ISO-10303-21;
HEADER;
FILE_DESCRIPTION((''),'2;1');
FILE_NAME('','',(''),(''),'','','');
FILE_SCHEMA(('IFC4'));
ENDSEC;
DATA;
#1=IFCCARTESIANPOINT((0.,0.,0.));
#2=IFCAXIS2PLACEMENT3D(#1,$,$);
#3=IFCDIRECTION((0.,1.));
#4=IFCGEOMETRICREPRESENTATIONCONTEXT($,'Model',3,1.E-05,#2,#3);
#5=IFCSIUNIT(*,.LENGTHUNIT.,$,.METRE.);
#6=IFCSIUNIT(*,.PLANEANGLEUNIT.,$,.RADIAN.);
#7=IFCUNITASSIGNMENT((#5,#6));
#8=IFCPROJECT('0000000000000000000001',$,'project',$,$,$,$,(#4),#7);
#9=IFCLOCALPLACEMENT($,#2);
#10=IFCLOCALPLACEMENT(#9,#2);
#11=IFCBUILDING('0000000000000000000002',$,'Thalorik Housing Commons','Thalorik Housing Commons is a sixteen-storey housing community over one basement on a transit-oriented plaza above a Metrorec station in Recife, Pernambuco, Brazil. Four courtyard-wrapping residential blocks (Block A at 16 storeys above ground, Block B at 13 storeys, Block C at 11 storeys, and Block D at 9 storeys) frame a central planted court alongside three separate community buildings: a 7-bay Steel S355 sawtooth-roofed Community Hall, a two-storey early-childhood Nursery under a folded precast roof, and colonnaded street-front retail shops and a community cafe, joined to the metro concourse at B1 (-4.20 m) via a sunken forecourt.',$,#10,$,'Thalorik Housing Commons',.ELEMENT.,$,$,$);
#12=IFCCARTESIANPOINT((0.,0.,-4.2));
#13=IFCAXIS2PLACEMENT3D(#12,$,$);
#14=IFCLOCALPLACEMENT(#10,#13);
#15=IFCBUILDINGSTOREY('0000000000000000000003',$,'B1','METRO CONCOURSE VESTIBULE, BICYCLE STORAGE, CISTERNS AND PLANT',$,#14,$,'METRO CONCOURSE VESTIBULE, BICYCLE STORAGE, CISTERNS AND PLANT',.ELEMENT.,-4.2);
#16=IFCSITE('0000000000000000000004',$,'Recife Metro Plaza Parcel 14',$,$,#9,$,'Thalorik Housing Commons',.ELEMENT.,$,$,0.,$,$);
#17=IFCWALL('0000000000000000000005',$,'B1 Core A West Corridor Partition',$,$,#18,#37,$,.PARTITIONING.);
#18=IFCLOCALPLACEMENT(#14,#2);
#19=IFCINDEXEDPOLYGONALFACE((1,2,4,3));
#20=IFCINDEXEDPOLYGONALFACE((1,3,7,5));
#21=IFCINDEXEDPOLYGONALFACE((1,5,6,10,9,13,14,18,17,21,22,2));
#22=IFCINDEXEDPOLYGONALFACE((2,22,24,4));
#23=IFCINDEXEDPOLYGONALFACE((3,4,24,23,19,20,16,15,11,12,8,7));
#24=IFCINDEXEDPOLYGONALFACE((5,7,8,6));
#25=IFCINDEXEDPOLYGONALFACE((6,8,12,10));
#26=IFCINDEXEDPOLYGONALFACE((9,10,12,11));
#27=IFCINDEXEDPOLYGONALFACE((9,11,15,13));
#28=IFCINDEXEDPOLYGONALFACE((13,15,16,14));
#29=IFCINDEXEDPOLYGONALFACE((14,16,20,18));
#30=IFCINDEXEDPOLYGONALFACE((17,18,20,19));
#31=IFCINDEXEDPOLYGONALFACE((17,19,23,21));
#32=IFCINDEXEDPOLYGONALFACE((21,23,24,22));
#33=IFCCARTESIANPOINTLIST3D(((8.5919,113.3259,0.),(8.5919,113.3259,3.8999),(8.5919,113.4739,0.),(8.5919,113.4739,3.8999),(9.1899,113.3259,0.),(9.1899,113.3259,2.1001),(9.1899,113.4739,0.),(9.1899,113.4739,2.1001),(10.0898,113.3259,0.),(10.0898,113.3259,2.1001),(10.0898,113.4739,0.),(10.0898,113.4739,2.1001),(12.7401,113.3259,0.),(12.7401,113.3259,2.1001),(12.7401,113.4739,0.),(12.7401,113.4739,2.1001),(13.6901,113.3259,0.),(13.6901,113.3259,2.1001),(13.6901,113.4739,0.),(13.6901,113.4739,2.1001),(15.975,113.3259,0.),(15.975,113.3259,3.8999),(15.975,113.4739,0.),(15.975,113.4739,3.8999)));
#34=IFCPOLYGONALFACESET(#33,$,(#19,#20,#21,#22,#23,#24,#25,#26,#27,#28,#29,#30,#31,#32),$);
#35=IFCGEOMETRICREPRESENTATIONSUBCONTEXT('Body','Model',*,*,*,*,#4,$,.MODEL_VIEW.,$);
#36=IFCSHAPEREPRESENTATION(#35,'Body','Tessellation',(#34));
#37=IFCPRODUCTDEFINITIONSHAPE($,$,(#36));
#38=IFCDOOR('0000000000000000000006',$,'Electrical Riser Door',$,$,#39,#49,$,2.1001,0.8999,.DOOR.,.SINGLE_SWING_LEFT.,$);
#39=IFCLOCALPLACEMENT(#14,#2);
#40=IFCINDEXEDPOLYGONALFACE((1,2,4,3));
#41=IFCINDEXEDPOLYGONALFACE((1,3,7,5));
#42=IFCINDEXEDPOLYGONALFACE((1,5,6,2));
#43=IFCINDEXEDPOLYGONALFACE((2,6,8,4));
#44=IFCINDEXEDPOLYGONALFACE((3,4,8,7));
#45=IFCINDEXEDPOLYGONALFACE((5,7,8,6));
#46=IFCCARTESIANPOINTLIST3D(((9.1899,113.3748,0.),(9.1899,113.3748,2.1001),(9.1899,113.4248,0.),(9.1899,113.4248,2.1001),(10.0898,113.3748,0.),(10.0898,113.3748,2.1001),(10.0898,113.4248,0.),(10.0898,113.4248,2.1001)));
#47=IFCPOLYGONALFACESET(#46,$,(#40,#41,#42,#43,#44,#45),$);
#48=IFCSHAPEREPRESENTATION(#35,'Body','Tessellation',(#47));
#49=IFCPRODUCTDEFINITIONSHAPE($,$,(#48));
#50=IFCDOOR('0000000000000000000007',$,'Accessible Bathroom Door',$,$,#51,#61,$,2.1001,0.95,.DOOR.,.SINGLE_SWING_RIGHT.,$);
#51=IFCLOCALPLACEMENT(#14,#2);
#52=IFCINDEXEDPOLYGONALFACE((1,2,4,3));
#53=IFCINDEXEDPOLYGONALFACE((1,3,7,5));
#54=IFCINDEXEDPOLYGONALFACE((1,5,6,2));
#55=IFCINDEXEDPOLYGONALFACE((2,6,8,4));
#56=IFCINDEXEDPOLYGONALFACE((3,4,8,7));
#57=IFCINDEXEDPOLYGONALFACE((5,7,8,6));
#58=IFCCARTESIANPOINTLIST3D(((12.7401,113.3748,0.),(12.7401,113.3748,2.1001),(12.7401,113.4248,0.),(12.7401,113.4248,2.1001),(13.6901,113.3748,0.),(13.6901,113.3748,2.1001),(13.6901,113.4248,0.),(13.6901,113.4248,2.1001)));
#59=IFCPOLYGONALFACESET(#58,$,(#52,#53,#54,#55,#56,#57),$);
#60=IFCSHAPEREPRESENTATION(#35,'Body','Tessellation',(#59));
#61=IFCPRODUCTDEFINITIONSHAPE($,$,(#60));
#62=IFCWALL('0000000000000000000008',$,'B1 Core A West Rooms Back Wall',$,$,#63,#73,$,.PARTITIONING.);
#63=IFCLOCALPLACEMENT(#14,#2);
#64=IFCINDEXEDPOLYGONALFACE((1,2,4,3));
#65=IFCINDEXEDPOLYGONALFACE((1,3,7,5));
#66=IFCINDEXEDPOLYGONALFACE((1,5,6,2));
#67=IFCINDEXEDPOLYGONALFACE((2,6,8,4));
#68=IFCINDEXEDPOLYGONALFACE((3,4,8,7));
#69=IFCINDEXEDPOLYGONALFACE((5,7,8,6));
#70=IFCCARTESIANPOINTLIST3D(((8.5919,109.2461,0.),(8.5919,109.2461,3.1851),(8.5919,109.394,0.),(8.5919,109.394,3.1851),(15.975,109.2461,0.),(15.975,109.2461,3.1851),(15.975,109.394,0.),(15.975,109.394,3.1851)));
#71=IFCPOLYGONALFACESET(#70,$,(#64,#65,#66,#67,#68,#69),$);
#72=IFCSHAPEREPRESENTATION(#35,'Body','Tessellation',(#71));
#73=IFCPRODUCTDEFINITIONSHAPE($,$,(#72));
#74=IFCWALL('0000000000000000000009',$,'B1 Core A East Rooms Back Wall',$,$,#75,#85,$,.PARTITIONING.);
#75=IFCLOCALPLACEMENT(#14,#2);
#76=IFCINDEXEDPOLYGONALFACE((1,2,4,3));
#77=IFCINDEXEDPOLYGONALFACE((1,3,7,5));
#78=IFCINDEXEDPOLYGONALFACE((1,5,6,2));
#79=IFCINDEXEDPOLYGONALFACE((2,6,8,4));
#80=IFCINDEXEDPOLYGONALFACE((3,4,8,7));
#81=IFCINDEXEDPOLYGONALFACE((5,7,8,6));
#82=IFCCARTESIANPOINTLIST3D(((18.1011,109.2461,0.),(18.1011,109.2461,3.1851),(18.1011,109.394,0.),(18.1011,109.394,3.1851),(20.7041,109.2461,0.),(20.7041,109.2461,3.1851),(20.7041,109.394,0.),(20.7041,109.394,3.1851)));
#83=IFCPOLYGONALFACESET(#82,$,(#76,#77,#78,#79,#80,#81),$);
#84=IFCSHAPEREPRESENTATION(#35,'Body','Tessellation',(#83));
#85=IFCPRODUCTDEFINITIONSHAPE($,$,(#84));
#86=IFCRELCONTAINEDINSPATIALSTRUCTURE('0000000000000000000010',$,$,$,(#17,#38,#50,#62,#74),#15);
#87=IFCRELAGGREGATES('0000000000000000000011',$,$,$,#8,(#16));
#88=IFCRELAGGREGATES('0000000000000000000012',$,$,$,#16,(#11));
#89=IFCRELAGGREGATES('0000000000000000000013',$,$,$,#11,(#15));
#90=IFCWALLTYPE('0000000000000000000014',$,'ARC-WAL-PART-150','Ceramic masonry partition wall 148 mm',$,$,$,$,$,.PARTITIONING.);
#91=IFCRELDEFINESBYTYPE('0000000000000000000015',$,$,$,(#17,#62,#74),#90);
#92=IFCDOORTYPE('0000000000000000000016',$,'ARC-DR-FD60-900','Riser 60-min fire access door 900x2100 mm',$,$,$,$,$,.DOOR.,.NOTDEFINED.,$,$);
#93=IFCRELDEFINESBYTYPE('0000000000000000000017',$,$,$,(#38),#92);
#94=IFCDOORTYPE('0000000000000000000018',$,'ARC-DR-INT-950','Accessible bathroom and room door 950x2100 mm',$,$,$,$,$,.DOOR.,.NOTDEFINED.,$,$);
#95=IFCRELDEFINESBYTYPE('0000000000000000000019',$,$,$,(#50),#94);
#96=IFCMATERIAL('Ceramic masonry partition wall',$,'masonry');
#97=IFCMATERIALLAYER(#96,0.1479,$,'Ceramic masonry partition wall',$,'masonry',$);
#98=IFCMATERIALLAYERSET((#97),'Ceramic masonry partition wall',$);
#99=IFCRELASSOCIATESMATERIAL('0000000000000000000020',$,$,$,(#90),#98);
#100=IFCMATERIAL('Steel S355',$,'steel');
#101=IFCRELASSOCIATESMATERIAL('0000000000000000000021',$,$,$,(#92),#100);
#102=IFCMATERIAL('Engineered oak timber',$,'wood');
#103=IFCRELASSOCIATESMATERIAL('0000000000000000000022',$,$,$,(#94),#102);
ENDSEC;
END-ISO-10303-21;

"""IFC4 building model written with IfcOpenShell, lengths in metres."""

from ifc_helpers import new_model, si_unit, direction, frame, frame_2d, origin, place, context, subcontext, project, spatial, rectangle, extrude, material, layer, layer_set, type_object, element, fill, save


model = new_model("IFC4")

# Units and contexts
model_context = context("Model", 3, precision=1e-05, world=origin(), true_north=direction((0.0, 1.0)))
body_context = subcontext(model_context, "Body", "Model", "MODEL_VIEW")
ifc_project = project(units=[si_unit("LENGTHUNIT", "METRE"), si_unit("PLANEANGLEUNIT", "RADIAN")], contexts=[model_context])

# Site, building, storey
site_placement = place(None, origin())
site = spatial("IfcSite", under=ifc_project, at=site_placement, Name="Recife Metro Plaza Parcel 14", LongName="Thalorik Housing Commons", CompositionType="ELEMENT", RefElevation=0.0)
building_placement = place(site_placement, origin())
building = spatial("IfcBuilding", under=site, at=building_placement, Name="Thalorik Housing Commons", Description="Thalorik Housing Commons is a sixteen-storey housing community over one basement on a transit-oriented plaza above a Metrorec station in Recife, Pernambuco, Brazil. Four courtyard-wrapping residential blocks (Block A at 16 storeys above ground, Block B at 13 storeys, Block C at 11 storeys, and Block D at 9 storeys) frame a central planted court alongside three separate community buildings: a 7-bay Steel S355 sawtooth-roofed Community Hall, a two-storey early-childhood Nursery under a folded precast roof, and colonnaded street-front retail shops and a community cafe, joined to the metro concourse at B1 (-4.20 m) via a sunken forecourt.", LongName="Thalorik Housing Commons", CompositionType="ELEMENT")
storey_placement = place(building_placement, frame((0.0, 0.0, -4.2)))
storey = spatial("IfcBuildingStorey", under=building, at=storey_placement, Name="B1", Description="METRO CONCOURSE VESTIBULE, BICYCLE STORAGE, CISTERNS AND PLANT", LongName="METRO CONCOURSE VESTIBULE, BICYCLE STORAGE, CISTERNS AND PLANT", CompositionType="ELEMENT", Elevation=-4.2)

# Shared definitions
ifc_material_1 = material(Name="Ceramic masonry partition wall", Category="masonry")
ifc_layer = layer(ifc_material_1, 0.1479, Name="Ceramic masonry partition wall", Category="masonry")
ifc_layer_set = layer_set([ifc_layer], Name="Ceramic masonry partition wall")
wall_type = type_object("IfcWallType", Name="ARC-WAL-PART-150", Description="Ceramic masonry partition wall 148 mm", PredefinedType="PARTITIONING", material=ifc_layer_set)

# Wall, openings, doors
wall_1_placement = place(storey_placement, frame((8.592, 113.3999, 0.0), z_axis=(0.0, 0.0, 1.0), x_axis=(1.0, 0.0, 0.0)))
wall_1 = element("IfcWall", 1, at=wall_1_placement, inside=storey, type_object=wall_type, Name="B1 Core A West Corridor Partition", PredefinedType="PARTITIONING", context=body_context, shape_type="SweptSolid", body=[
    extrude(rectangle(XDim=7.3831, YDim=0.1479, at=frame_2d((3.6914, 0.0))), origin(), (0.0, 0.0, 1.0), 3.8999),
])
opening_1_placement = place(wall_1_placement, frame((0.5979, 0.0, 0.0)))
opening_1 = element("IfcOpeningElement", 2, at=opening_1_placement, cuts=wall_1, PredefinedType="OPENING", context=body_context, shape_type="SweptSolid", body=[
    extrude(rectangle(XDim=0.8999, YDim=2.1001, at=frame_2d((0.45, 1.05))), frame((0.0, 0.084, 0.0), z_axis=(0.0, -1.0, 0.0), x_axis=(1.0, 0.0, 0.0)), (0.0, 0.0, 1.0), 0.168),
])
opening_2_placement = place(wall_1_placement, frame((4.1479, 0.0, 0.0)))
opening_2 = element("IfcOpeningElement", 3, at=opening_2_placement, cuts=wall_1, PredefinedType="OPENING", context=body_context, shape_type="SweptSolid", body=[
    extrude(rectangle(XDim=0.95, YDim=2.1001, at=frame_2d((0.4751, 1.05))), frame((0.0, 0.084, 0.0), z_axis=(0.0, -1.0, 0.0), x_axis=(1.0, 0.0, 0.0)), (0.0, 0.0, 1.0), 0.168),
])
ifc_material_2 = material(Name="Steel S355", Category="steel")
door_type_1 = type_object("IfcDoorType", Name="ARC-DR-FD60-900", Description="Riser 60-min fire access door 900x2100 mm", OperationType="NOTDEFINED", PredefinedType="DOOR", material=ifc_material_2)
door_1_placement = place(opening_1_placement, origin())
door_1 = element("IfcDoor", 4, at=door_1_placement, inside=storey, type_object=door_type_1, Name="Electrical Riser Door", OperationType="SINGLE_SWING_LEFT", OverallHeight=2.1001, OverallWidth=0.8999, PredefinedType="DOOR", context=body_context, shape_type="SweptSolid", body=[
    extrude(rectangle(XDim=0.8999, YDim=2.1001, at=frame_2d((0.45, 1.05))), frame((0.0, 0.0249, 0.0), z_axis=(0.0, -1.0, 0.0), x_axis=(1.0, 0.0, 0.0)), (0.0, 0.0, 1.0), 0.05),
])
fill(opening_1, door_1)
ifc_material_3 = material(Name="Engineered oak timber", Category="wood")
door_type_2 = type_object("IfcDoorType", Name="ARC-DR-INT-950", Description="Accessible bathroom and room door 950x2100 mm", OperationType="NOTDEFINED", PredefinedType="DOOR", material=ifc_material_3)
door_2_placement = place(opening_2_placement, origin())
door_2 = element("IfcDoor", 5, at=door_2_placement, inside=storey, type_object=door_type_2, Name="Accessible Bathroom Door", OperationType="SINGLE_SWING_RIGHT", OverallHeight=2.1001, OverallWidth=0.95, PredefinedType="DOOR", context=body_context, shape_type="SweptSolid", body=[
    extrude(rectangle(XDim=0.95, YDim=2.1001, at=frame_2d((0.4751, 1.05))), frame((0.0, 0.0249, 0.0), z_axis=(0.0, -1.0, 0.0), x_axis=(1.0, 0.0, 0.0)), (0.0, 0.0, 1.0), 0.05),
])
fill(opening_2, door_2)

# Walls
wall_2_placement = place(storey_placement, frame((8.592, 109.3201, 0.0), z_axis=(0.0, 0.0, 1.0), x_axis=(1.0, 0.0, 0.0)))
element("IfcWall", 6, at=wall_2_placement, inside=storey, type_object=wall_type, Name="B1 Core A West Rooms Back Wall", PredefinedType="PARTITIONING", context=body_context, shape_type="SweptSolid", body=[
    extrude(rectangle(XDim=7.3831, YDim=0.1479, at=frame_2d((3.6914, 0.0))), origin(), (0.0, 0.0, 1.0), 3.1851),
])
wall_3_placement = place(storey_placement, frame((18.1011, 109.3201, 0.0), z_axis=(0.0, 0.0, 1.0), x_axis=(1.0, 0.0, 0.0)))
element("IfcWall", 7, at=wall_3_placement, inside=storey, type_object=wall_type, Name="B1 Core A East Rooms Back Wall", PredefinedType="PARTITIONING", context=body_context, shape_type="SweptSolid", body=[
    extrude(rectangle(XDim=2.603, YDim=0.1479, at=frame_2d((1.3015, 0.0))), origin(), (0.0, 0.0, 1.0), 3.1851),
])

save(model, "model.ifc")
